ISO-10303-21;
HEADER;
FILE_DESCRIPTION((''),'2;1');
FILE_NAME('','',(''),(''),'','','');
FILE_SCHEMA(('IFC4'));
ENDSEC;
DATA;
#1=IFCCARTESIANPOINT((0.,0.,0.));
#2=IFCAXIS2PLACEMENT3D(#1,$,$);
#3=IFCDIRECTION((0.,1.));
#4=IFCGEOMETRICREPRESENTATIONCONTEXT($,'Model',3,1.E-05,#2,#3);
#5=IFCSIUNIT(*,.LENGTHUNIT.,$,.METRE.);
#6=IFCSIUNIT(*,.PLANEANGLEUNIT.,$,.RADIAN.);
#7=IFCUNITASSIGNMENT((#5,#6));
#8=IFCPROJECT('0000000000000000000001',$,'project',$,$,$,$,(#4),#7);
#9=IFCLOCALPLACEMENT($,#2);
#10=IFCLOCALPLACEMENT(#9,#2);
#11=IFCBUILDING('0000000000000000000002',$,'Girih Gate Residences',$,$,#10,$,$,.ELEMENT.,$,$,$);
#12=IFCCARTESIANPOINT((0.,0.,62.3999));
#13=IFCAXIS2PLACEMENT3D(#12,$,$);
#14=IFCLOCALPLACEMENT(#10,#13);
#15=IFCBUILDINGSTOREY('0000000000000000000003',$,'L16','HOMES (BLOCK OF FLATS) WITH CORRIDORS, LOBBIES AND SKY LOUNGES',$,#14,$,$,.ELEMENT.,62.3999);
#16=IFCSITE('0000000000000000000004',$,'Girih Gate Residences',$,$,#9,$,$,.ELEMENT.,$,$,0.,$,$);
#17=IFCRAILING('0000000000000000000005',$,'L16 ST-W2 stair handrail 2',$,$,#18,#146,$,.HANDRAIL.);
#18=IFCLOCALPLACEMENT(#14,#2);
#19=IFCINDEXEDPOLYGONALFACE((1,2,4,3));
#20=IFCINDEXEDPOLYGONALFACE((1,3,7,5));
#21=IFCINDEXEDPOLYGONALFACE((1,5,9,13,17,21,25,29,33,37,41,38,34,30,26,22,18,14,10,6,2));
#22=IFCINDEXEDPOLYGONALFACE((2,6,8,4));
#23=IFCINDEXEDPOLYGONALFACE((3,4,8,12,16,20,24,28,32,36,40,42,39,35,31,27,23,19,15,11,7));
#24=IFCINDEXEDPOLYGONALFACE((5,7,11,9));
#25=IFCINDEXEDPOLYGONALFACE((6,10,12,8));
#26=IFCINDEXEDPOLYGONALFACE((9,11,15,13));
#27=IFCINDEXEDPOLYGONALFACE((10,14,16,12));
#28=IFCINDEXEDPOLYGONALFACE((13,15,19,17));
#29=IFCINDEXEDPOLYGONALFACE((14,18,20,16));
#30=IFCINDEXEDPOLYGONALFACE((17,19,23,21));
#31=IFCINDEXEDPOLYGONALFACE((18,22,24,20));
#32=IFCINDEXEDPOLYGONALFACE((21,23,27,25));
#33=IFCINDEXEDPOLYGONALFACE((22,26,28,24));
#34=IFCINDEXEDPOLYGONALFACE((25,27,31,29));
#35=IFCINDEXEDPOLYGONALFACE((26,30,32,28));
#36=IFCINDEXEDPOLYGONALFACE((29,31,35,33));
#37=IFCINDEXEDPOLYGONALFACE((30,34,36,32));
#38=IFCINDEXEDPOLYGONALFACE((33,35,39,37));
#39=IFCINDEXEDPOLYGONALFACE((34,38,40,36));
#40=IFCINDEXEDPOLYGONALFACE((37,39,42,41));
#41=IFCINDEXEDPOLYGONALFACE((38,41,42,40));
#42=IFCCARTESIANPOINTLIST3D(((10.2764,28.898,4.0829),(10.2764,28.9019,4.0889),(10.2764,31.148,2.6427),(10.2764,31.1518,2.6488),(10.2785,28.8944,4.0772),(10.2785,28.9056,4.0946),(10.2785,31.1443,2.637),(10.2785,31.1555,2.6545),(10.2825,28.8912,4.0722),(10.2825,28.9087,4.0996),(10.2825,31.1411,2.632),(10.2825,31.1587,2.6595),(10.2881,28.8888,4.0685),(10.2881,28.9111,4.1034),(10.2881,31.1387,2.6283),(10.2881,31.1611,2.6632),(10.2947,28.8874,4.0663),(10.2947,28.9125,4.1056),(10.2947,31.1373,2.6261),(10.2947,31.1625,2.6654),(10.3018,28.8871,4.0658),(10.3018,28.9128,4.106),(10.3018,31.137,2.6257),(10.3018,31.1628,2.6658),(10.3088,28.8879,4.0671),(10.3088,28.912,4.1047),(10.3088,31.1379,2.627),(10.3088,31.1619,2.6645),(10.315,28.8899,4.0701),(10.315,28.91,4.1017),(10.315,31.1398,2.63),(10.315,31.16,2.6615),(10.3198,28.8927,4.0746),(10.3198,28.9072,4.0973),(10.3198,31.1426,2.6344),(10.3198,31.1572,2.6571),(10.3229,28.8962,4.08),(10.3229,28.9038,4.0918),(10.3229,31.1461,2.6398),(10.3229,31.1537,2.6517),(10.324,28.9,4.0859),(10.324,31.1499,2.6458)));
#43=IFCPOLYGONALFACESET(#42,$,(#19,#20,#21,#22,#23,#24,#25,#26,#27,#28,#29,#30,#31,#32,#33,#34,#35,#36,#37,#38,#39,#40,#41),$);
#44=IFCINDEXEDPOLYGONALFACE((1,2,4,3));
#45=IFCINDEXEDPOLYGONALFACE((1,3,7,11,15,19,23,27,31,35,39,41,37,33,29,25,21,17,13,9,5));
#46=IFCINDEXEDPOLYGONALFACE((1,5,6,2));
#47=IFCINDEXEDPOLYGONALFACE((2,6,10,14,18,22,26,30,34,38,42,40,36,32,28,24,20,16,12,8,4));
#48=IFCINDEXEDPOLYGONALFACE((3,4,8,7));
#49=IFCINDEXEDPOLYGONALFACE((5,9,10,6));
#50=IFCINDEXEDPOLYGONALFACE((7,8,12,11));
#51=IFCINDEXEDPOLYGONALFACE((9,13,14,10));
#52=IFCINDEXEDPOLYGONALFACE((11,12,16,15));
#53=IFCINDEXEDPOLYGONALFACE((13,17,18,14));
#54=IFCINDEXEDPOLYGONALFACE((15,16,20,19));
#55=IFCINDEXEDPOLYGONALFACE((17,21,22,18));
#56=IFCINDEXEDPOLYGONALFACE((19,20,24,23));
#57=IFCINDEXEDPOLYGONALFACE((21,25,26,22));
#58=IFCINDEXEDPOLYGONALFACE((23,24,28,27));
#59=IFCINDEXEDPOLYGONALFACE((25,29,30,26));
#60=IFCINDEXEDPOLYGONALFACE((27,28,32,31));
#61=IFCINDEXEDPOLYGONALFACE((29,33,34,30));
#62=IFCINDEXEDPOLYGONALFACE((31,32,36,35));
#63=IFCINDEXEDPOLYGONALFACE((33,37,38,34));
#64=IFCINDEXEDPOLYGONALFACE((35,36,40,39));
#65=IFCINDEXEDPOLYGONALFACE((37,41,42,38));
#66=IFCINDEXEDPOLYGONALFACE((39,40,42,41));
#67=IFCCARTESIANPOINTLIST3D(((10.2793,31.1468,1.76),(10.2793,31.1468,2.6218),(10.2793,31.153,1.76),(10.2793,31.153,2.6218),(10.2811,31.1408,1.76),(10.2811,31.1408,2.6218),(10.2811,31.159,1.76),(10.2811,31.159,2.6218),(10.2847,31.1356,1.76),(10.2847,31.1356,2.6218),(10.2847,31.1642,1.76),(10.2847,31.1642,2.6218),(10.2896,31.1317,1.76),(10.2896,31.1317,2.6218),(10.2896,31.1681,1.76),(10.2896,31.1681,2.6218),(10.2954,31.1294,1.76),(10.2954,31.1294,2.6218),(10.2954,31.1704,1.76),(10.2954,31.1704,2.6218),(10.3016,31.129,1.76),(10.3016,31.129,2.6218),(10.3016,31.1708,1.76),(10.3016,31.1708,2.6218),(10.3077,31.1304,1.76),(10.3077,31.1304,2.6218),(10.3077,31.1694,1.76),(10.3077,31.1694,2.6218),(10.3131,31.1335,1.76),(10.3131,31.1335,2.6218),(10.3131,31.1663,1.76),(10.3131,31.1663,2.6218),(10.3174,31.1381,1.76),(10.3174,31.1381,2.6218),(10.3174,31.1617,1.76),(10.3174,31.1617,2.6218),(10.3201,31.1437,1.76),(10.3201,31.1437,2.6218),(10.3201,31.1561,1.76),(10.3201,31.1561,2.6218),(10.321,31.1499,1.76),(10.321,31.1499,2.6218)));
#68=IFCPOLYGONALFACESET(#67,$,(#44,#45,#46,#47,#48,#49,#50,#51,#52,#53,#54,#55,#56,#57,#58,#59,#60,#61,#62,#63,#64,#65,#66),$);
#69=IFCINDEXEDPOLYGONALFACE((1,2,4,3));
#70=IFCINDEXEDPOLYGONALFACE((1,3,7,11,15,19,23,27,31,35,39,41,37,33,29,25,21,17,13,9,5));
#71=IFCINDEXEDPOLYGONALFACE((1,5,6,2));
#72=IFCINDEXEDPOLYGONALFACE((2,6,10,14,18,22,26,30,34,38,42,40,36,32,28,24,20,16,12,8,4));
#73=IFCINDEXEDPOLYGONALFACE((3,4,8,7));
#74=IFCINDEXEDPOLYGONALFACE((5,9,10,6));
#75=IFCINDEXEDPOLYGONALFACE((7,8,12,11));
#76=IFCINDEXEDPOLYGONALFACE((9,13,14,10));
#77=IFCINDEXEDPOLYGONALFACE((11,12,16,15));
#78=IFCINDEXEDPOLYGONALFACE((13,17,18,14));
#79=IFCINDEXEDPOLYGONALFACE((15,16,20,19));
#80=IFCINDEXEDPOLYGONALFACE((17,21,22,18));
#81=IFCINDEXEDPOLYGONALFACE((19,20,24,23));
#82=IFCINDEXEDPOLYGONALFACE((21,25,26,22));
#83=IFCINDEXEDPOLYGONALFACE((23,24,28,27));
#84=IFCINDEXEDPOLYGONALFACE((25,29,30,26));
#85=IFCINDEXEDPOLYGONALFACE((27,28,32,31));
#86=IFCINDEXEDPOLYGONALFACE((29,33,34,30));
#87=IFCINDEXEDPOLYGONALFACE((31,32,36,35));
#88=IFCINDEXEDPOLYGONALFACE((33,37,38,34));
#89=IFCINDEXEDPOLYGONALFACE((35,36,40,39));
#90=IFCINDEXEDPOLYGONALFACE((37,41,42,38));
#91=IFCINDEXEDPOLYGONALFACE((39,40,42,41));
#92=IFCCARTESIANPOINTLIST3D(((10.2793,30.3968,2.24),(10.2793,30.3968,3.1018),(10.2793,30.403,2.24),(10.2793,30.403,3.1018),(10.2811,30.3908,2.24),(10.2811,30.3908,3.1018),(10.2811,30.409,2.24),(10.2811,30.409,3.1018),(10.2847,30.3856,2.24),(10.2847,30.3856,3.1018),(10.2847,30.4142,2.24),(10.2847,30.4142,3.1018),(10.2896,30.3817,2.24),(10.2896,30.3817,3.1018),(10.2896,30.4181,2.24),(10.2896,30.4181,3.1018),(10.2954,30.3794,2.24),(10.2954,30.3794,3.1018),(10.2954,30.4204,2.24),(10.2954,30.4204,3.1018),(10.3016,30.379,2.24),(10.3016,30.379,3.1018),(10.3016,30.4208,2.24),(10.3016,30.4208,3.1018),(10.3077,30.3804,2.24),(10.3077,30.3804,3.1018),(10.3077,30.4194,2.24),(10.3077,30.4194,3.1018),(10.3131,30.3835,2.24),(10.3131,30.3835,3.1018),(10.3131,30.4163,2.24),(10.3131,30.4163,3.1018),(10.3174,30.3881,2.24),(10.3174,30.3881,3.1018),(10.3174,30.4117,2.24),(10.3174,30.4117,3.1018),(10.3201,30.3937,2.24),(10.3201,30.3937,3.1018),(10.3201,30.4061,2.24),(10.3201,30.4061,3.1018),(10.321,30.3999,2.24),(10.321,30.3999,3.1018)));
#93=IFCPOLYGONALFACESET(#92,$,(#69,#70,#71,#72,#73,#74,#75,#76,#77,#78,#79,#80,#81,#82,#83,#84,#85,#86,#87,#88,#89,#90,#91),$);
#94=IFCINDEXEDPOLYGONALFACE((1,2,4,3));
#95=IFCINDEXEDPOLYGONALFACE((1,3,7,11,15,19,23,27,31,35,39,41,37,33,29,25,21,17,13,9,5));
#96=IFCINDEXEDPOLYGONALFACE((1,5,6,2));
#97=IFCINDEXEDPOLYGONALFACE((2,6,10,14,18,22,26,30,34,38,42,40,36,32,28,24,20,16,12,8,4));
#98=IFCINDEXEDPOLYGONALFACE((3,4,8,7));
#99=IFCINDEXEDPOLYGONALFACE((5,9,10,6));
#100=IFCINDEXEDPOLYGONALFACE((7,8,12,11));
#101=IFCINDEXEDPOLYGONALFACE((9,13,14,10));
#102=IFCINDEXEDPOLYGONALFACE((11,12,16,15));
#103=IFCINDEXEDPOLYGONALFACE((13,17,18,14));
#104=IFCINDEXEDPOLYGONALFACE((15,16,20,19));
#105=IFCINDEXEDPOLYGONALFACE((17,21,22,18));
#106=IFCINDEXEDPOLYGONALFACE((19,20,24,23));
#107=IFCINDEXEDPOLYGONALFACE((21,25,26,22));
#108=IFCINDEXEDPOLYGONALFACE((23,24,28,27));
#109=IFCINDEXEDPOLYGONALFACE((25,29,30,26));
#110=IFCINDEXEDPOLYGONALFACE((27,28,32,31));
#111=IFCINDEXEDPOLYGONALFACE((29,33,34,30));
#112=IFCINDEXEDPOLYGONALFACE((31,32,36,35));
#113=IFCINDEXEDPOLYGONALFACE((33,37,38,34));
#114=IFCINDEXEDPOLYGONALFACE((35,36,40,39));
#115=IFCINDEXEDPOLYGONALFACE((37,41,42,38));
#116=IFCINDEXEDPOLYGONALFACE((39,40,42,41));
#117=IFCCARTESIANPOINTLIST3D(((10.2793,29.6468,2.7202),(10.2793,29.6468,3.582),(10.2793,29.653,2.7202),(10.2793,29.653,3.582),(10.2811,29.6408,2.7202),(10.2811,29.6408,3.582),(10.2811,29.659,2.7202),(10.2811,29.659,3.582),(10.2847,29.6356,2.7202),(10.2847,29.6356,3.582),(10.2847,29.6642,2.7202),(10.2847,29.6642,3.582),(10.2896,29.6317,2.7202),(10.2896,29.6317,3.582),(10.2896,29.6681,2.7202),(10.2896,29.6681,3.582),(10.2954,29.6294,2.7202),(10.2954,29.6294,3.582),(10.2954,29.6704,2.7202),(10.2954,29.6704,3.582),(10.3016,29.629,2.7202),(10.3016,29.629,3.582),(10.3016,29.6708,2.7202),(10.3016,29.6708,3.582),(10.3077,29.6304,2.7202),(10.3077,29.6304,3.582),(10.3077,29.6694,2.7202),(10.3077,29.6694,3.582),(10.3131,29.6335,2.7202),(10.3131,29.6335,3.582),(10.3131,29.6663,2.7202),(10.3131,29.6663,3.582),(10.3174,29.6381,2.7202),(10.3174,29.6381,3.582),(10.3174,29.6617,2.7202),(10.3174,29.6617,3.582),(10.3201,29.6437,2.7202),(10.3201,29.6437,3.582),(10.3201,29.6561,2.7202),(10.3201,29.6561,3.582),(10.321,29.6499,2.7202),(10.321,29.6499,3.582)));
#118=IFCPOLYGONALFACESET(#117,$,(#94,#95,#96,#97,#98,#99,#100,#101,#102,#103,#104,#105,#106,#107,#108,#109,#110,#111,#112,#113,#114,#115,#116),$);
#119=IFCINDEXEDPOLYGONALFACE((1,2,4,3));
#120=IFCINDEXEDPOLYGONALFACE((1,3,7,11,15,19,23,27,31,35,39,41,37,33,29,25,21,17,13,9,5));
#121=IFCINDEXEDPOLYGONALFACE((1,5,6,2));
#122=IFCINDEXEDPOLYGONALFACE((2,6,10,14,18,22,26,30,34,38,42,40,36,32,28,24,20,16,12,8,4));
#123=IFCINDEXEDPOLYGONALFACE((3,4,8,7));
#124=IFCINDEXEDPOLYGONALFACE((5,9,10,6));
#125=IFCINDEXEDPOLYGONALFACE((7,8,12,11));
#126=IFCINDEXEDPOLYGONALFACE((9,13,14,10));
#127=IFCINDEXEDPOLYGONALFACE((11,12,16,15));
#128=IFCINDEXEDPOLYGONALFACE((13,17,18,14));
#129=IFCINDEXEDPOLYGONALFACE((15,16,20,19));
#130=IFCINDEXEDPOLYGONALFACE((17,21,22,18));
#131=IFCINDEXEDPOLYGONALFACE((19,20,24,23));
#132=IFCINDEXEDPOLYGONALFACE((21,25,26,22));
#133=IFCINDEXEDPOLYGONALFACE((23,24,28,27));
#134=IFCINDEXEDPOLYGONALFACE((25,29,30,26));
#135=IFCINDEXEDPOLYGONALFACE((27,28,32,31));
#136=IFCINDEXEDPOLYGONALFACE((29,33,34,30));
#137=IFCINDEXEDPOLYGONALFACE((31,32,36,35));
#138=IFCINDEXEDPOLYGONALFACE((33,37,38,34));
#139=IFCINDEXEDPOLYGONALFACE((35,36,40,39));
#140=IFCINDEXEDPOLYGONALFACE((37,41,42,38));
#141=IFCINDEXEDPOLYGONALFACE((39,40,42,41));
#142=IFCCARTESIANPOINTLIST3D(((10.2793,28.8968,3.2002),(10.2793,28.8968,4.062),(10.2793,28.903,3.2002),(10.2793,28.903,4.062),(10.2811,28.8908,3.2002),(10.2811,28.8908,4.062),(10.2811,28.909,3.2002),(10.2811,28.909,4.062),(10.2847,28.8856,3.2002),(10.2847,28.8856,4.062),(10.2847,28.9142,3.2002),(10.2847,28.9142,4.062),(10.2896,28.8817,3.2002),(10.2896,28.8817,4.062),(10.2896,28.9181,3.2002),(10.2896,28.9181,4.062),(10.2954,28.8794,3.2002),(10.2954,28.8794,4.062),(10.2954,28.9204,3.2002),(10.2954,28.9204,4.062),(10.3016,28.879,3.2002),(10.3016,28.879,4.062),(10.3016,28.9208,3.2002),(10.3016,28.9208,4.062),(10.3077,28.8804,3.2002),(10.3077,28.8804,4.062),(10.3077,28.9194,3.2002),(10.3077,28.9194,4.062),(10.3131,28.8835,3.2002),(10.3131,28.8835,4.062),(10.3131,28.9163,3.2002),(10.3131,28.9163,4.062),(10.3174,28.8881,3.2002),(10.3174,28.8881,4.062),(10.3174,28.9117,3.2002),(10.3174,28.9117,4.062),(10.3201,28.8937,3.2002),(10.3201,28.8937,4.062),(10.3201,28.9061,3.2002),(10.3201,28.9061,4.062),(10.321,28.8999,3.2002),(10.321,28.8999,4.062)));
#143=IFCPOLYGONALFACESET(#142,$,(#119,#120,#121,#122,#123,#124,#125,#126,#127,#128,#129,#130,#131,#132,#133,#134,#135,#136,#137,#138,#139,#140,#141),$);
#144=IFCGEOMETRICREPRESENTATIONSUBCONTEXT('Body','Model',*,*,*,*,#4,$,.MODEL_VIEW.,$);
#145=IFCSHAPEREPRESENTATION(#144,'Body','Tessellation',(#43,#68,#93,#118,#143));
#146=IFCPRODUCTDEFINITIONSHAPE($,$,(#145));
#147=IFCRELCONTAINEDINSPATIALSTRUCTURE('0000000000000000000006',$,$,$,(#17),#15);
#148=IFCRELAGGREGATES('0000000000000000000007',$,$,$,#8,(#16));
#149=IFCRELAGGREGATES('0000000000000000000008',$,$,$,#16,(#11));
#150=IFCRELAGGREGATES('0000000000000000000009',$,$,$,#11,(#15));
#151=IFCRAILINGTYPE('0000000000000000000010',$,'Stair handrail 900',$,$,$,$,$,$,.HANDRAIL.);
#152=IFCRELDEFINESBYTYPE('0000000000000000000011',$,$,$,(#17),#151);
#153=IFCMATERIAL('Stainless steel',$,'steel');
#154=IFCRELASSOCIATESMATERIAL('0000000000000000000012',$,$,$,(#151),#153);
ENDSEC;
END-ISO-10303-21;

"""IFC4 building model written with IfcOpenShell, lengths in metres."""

from ifc_helpers import new_model, si_unit, direction, frame, origin, origin_2d, place, context, subcontext, project, spatial, circle, extrude, material, type_object, element, save


model = new_model("IFC4")

# Units and contexts
model_context = context("Model", 3, precision=1e-05, world=origin(), true_north=direction((0.0, 1.0)))
body_context = subcontext(model_context, "Body", "Model", "MODEL_VIEW")
ifc_project = project(units=[si_unit("LENGTHUNIT", "METRE"), si_unit("PLANEANGLEUNIT", "RADIAN")], contexts=[model_context])

# Site, building, storey
site_placement = place(None, origin())
site = spatial("IfcSite", under=ifc_project, at=site_placement, Name="Girih Gate Residences", CompositionType="ELEMENT", RefElevation=0.0)
building_placement = place(site_placement, origin())
building = spatial("IfcBuilding", under=site, at=building_placement, Name="Girih Gate Residences", CompositionType="ELEMENT")
storey_placement = place(building_placement, frame((0.0, 0.0, 62.3999)))
storey = spatial("IfcBuildingStorey", under=building, at=storey_placement, Name="L16", Description="HOMES (BLOCK OF FLATS) WITH CORRIDORS, LOBBIES AND SKY LOUNGES", CompositionType="ELEMENT", Elevation=62.3999)

# Railing
ifc_material_1 = material(Name="Stainless steel", Category="steel")
railing_type_1 = type_object("IfcRailingType", Name="Stair handrail 900", PredefinedType="HANDRAIL", material=ifc_material_1)
railing_1_placement = place(storey_placement, frame((10.3, 31.1499, 1.76)))
element("IfcRailing", 1, at=railing_1_placement, inside=storey, type_object=railing_type_1, Name="L16 ST-W2 stair handrail 2", PredefinedType="HANDRAIL", context=body_context, shape_type="SweptSolid", body=[
    extrude(circle(Radius=0.0239, at=origin_2d()), frame((0.0, 0.0, 0.8857), z_axis=(0.0, -0.84224, 0.539103), x_axis=(1.0, 0.0, 0.0)), (0.0, 0.0, 1.0), 2.6714),
    extrude(circle(Radius=0.021, at=origin_2d()), origin(), (0.0, 0.0, 1.0), 0.8618),
    extrude(circle(Radius=0.021, at=origin_2d()), frame((0.0, -0.75, 0.48)), (0.0, 0.0, 1.0), 0.8618),
    extrude(circle(Radius=0.021, at=origin_2d()), frame((0.0, -1.5, 0.9602)), (0.0, 0.0, 1.0), 0.8618),
    extrude(circle(Radius=0.021, at=origin_2d()), frame((0.0, -2.25, 1.4402)), (0.0, 0.0, 1.0), 0.8618),
])

save(model, "model.ifc")
